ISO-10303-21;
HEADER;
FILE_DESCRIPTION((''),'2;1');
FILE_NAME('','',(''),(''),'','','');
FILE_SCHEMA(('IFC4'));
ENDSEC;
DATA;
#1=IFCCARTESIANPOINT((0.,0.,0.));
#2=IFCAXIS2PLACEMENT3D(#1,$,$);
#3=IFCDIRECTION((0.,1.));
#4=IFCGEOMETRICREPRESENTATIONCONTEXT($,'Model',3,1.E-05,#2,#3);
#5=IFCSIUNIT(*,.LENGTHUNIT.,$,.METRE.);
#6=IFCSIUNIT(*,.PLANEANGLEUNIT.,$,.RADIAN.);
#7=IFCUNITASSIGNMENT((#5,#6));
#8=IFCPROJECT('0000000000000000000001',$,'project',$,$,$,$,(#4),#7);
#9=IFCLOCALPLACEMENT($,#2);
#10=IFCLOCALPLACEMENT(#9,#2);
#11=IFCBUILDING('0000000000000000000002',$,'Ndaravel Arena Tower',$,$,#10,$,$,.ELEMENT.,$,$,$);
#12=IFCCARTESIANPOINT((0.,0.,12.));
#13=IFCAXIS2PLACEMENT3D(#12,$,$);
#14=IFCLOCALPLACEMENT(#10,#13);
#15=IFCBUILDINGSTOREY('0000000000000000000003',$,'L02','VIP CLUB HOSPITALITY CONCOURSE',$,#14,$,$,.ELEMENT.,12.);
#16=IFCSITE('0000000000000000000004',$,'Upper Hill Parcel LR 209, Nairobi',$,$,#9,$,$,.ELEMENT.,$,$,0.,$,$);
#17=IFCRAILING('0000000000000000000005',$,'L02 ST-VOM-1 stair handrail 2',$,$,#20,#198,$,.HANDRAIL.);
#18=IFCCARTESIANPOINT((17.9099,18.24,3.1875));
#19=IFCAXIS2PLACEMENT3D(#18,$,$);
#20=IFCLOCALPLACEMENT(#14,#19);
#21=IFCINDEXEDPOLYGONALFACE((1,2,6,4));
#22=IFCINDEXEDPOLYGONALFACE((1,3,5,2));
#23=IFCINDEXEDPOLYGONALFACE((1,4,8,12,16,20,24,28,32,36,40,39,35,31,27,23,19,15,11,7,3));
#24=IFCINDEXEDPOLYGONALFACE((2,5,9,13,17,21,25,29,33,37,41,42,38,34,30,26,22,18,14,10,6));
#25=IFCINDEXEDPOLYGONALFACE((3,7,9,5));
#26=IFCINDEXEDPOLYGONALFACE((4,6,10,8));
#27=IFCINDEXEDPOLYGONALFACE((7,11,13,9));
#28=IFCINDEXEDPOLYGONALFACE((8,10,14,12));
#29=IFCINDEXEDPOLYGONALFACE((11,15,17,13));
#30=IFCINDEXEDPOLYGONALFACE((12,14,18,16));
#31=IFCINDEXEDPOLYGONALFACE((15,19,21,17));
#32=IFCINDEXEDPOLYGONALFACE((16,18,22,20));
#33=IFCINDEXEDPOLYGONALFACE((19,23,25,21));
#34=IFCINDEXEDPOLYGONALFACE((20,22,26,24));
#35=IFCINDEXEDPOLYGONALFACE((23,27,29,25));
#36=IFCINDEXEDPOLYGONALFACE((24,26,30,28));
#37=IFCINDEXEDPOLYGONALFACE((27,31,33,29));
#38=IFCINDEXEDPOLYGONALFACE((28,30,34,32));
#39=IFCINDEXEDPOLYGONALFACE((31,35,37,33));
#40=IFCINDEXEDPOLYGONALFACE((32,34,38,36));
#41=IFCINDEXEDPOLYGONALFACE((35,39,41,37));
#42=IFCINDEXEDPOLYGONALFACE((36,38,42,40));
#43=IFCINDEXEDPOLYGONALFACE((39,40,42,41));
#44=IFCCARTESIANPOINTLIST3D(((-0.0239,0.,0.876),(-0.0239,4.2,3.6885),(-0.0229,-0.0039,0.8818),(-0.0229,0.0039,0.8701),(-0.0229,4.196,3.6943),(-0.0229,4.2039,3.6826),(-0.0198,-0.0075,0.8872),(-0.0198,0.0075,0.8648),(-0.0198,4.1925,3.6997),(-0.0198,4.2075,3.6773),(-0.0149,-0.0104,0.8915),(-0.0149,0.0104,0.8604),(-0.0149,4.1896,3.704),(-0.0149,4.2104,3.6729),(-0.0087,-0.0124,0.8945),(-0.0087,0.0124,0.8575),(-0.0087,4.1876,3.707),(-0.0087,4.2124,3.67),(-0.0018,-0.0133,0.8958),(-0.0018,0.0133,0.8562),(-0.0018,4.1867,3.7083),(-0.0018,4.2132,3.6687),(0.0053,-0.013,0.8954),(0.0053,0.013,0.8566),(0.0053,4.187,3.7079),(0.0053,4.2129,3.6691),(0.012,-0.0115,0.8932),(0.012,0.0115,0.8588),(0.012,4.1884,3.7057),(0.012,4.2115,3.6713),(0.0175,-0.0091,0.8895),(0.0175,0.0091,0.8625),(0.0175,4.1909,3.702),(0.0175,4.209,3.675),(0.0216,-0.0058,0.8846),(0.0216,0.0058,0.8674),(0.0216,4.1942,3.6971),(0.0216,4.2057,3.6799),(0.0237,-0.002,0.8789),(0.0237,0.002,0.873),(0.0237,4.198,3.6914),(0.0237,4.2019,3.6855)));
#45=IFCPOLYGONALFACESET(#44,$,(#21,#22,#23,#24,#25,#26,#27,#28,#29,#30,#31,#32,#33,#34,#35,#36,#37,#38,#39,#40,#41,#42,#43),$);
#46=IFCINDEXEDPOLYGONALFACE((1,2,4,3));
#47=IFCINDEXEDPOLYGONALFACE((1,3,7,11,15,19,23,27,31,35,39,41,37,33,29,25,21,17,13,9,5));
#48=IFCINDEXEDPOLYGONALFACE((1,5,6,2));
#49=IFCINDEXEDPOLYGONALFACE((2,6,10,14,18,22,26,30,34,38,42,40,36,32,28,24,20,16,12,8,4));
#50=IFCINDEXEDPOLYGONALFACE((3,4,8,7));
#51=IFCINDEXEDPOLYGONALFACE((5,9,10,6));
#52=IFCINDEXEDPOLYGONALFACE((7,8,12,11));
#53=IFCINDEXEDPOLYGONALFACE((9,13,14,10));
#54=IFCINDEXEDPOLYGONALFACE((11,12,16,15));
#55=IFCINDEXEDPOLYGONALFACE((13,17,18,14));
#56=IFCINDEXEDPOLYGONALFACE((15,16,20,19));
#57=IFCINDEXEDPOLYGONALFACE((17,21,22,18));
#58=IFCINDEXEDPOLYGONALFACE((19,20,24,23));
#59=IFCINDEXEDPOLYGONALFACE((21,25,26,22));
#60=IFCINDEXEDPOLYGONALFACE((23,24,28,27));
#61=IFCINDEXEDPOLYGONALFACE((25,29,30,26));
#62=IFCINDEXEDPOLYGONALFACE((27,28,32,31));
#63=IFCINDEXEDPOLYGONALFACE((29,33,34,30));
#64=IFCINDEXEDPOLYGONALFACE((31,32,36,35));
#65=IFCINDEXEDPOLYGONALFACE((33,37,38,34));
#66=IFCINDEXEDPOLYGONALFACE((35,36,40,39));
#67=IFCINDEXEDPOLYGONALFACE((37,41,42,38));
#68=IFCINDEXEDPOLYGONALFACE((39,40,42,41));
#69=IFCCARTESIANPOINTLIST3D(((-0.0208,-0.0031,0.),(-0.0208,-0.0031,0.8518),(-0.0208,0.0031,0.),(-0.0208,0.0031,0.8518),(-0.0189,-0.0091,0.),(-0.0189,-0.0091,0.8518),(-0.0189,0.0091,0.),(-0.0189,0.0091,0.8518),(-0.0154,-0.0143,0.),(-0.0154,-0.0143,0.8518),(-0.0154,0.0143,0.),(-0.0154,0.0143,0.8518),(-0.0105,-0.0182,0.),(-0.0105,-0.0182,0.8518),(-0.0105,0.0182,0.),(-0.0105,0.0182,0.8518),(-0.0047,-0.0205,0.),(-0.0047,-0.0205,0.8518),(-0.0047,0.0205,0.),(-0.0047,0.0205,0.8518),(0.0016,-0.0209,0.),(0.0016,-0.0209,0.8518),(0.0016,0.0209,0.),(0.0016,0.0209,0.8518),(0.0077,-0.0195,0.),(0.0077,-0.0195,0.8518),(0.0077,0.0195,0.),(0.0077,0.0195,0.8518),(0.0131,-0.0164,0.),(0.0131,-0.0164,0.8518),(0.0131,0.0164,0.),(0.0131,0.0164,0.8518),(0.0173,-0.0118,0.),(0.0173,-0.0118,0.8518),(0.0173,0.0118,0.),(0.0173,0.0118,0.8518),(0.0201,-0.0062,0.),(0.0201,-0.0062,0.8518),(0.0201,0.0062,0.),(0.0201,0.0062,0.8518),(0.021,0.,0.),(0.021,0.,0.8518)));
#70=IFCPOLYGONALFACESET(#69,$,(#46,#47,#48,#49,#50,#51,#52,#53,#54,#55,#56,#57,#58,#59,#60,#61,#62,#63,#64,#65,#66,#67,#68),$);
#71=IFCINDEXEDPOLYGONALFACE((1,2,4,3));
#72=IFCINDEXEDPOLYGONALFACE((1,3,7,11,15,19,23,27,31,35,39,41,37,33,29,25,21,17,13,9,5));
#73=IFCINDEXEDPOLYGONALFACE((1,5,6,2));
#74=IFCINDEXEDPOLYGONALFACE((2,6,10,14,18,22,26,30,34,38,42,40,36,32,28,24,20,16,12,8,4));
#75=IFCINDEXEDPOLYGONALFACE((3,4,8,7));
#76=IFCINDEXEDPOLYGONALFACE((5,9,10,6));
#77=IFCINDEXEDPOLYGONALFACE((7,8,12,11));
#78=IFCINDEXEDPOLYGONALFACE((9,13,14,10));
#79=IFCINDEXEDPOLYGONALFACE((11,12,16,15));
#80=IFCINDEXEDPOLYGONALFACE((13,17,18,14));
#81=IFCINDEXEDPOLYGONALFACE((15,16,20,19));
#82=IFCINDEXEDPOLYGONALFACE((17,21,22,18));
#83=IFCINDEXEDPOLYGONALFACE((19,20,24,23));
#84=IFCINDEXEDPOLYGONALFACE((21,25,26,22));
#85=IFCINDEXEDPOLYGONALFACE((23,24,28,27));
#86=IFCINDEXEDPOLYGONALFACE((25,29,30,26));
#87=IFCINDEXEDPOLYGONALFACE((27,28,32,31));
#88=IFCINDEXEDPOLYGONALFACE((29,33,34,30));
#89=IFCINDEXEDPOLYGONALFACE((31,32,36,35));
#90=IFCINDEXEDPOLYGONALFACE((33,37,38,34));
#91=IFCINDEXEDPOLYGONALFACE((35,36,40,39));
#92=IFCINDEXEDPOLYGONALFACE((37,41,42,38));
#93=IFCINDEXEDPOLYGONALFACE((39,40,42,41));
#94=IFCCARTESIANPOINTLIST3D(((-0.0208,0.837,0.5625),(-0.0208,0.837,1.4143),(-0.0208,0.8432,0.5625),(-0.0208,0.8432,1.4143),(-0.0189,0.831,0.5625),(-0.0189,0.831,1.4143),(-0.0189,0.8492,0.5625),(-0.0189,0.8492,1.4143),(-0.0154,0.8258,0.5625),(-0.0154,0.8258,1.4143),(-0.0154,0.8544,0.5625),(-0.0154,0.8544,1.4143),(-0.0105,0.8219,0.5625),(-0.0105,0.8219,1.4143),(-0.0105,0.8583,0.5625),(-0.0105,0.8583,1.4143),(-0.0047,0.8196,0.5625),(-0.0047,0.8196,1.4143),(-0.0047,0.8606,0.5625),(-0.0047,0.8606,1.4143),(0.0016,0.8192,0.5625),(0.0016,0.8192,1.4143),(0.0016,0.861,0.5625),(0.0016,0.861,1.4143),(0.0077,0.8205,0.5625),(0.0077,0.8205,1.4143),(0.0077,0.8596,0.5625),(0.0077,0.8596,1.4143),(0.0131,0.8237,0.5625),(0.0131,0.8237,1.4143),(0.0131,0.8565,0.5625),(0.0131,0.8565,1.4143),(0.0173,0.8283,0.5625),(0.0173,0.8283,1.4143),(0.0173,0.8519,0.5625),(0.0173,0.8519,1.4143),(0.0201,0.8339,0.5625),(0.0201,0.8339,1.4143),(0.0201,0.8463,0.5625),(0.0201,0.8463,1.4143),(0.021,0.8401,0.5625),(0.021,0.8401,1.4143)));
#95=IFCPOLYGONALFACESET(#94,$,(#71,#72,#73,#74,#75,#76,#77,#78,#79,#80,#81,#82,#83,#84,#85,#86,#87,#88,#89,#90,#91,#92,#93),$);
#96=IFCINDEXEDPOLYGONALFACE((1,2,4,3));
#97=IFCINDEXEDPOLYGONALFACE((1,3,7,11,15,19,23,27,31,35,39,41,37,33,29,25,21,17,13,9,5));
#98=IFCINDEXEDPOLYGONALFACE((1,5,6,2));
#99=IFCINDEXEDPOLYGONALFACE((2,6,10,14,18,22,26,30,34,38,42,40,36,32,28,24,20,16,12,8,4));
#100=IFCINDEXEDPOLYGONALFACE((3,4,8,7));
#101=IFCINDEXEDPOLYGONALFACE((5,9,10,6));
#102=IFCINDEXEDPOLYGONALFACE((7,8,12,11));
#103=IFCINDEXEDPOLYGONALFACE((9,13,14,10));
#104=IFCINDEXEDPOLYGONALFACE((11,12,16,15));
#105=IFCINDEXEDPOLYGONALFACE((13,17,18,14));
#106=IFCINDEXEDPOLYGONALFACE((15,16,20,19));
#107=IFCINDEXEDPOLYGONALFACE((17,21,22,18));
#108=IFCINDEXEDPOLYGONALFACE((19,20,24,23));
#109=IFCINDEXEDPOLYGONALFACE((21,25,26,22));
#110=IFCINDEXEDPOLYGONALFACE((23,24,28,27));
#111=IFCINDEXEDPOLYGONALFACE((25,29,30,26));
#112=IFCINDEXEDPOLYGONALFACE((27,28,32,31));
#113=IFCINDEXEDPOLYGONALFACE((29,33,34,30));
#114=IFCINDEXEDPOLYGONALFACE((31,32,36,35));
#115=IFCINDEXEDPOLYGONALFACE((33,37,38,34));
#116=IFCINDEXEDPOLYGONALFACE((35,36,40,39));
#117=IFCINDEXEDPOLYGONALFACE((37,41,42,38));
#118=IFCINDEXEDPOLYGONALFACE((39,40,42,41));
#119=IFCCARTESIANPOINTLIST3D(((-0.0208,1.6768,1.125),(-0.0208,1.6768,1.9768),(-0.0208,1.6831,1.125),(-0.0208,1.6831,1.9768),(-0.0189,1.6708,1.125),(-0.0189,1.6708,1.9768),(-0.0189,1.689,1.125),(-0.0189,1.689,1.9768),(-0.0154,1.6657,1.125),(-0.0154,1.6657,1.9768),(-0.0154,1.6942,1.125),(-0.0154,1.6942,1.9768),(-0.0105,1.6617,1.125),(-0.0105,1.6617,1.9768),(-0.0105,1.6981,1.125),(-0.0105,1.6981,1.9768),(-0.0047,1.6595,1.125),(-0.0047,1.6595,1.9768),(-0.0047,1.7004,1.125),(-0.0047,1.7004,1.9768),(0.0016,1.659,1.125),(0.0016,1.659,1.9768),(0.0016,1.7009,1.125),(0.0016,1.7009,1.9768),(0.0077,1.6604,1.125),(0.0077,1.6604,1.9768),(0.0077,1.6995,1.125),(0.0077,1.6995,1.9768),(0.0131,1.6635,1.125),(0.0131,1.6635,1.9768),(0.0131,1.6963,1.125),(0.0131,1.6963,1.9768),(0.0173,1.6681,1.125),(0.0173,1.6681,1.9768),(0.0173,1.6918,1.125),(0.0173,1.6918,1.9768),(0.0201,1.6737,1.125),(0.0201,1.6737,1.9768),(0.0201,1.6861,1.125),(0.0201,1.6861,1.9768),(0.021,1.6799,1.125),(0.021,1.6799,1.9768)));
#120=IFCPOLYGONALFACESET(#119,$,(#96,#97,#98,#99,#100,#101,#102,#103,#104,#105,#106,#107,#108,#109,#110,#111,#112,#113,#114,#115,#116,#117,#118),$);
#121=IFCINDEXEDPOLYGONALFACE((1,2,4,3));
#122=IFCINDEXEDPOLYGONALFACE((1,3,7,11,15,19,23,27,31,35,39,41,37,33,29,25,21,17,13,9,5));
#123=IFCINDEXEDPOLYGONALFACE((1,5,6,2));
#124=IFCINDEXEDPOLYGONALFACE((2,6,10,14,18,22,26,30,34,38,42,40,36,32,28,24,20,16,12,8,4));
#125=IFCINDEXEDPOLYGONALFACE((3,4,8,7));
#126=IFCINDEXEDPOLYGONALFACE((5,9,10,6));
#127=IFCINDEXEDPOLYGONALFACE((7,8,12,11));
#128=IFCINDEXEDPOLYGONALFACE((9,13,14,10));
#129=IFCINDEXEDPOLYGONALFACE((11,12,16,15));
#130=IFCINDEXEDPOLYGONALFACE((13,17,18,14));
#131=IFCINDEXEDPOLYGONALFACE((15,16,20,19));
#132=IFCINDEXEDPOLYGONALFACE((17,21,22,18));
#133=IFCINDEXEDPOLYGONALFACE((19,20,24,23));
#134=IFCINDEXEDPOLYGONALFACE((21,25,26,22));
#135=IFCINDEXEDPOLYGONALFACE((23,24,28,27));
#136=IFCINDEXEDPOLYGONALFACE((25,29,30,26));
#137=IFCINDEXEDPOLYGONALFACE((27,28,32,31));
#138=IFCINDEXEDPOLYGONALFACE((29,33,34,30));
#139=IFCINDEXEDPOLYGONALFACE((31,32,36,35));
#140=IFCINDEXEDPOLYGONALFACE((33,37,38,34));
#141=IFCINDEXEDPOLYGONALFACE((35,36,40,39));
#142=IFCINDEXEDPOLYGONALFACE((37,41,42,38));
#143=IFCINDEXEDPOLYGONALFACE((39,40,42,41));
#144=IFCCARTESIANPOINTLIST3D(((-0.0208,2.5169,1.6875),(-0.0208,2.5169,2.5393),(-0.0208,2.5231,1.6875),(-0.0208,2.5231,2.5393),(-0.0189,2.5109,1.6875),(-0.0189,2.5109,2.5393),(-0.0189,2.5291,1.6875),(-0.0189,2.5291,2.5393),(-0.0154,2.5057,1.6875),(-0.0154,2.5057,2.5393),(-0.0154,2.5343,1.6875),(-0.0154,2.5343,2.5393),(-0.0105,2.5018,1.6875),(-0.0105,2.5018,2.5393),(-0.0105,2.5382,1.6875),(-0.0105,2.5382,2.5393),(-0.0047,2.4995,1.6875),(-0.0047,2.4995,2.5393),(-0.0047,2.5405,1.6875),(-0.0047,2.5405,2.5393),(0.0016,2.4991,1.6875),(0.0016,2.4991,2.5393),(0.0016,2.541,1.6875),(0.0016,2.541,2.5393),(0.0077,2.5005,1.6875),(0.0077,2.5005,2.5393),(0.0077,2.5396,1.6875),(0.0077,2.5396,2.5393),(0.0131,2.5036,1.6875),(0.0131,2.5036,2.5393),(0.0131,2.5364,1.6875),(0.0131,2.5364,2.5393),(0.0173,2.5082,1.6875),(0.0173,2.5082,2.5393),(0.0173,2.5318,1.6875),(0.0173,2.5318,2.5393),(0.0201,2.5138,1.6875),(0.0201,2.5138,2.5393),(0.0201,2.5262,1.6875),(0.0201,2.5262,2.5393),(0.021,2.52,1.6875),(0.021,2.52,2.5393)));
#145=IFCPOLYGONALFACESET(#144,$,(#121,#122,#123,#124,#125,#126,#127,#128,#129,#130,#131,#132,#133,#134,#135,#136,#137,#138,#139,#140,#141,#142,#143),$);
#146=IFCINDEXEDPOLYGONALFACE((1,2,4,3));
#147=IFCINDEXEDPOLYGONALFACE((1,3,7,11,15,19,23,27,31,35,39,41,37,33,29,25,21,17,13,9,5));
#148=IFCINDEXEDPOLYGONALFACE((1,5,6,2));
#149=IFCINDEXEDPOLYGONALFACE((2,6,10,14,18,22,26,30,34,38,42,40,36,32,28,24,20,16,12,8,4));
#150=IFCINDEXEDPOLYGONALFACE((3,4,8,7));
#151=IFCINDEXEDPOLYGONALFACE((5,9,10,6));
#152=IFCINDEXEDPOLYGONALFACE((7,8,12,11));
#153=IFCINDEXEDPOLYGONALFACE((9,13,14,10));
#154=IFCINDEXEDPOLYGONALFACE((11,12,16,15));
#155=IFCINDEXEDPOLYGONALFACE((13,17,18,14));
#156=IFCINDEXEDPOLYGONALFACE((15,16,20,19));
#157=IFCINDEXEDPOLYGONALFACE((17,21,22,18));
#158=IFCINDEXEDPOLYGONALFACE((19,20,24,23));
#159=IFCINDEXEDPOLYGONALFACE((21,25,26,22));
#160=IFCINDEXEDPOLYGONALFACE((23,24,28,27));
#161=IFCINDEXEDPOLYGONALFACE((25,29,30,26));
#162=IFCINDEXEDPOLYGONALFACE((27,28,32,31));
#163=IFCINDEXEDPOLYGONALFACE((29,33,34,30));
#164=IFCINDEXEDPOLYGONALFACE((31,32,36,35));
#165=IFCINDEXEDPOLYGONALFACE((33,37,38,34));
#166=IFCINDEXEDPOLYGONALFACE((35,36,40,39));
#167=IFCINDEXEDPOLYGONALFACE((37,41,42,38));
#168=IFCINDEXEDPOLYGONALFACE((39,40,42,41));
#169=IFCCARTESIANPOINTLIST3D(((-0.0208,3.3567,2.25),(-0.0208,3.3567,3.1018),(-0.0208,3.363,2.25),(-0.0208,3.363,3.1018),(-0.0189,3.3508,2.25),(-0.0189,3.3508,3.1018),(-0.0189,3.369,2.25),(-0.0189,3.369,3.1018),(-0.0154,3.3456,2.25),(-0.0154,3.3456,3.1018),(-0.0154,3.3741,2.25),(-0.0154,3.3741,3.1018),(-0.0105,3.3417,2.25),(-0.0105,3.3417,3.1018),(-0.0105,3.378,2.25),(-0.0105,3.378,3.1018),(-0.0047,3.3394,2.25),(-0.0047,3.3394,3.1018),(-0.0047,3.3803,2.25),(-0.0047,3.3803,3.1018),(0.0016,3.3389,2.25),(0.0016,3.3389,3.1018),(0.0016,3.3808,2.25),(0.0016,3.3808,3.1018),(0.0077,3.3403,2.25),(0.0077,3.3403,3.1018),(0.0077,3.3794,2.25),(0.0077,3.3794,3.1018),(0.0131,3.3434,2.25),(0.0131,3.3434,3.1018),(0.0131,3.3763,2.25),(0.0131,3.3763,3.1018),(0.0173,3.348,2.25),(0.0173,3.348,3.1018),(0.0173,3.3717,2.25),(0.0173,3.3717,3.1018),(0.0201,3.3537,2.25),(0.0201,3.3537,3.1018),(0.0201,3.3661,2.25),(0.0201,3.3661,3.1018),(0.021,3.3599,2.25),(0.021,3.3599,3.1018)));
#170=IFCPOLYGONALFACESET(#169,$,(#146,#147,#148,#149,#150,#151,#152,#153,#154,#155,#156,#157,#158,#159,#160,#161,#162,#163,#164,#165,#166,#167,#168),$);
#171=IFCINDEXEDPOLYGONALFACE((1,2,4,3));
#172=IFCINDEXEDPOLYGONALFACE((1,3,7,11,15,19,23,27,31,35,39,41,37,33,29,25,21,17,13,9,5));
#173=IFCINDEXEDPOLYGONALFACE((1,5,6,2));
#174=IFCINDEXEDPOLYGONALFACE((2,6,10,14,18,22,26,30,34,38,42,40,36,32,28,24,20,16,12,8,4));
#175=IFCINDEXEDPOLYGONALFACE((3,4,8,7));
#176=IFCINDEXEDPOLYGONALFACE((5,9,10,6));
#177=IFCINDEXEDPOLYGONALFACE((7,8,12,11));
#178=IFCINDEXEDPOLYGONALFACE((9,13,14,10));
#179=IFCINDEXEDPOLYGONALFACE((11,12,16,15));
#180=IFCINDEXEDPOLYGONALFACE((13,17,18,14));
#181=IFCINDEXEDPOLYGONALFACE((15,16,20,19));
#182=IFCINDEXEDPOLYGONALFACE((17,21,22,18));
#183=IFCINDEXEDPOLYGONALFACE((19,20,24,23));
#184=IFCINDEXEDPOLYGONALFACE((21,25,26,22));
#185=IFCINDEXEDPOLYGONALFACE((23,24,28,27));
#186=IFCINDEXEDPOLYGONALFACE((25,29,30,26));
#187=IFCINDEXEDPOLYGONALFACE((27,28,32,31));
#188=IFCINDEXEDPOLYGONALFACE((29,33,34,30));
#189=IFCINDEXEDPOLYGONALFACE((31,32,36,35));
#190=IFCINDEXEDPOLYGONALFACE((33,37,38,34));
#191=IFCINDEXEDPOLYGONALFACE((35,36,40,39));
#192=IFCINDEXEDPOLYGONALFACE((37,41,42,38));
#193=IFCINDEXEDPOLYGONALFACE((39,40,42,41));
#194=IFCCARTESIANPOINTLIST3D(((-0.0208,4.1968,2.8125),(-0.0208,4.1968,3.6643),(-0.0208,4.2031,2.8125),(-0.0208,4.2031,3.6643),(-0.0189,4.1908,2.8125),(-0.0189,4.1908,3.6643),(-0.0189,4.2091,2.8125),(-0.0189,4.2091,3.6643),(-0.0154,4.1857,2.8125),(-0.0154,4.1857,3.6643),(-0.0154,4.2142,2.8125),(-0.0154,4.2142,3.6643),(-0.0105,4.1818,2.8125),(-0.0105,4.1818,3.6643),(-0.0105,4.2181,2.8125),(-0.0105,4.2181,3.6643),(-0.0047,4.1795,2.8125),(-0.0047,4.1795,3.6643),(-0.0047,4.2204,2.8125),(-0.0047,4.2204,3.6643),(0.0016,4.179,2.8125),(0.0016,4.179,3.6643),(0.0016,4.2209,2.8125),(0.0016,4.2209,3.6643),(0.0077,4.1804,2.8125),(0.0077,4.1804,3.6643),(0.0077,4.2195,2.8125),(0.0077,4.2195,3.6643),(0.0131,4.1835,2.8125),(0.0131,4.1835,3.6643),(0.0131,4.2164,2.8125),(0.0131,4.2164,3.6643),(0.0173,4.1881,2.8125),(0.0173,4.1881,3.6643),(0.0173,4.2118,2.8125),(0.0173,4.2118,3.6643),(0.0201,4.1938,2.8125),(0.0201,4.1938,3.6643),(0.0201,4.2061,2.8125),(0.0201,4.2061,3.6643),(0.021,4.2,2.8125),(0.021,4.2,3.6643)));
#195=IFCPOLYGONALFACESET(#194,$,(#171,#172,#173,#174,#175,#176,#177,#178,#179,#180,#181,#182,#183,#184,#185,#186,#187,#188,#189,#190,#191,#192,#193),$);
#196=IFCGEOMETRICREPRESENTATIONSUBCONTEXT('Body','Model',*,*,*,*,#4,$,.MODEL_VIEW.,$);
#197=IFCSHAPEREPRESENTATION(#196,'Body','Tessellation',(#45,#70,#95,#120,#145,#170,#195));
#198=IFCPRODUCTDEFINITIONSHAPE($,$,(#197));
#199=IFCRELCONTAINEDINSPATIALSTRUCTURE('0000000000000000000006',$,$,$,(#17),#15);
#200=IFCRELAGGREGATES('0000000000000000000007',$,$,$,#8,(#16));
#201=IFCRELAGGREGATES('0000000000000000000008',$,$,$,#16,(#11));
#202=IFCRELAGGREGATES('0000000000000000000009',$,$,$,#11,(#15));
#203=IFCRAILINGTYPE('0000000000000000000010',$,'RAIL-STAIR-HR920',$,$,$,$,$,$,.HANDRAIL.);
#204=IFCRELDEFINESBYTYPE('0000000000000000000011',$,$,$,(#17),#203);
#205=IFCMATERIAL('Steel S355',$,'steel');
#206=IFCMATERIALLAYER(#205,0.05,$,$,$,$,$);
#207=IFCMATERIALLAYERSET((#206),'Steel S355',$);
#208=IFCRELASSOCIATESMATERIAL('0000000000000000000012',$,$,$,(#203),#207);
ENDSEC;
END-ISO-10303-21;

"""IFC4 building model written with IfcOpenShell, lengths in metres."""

from ifc_helpers import new_model, si_unit, direction, frame, origin, origin_2d, place, context, subcontext, project, spatial, circle, extrude, material, layer, layer_set, type_object, element, save


model = new_model("IFC4")

# Units and contexts
model_context = context("Model", 3, precision=1e-05, world=origin(), true_north=direction((0.0, 1.0)))
body_context = subcontext(model_context, "Body", "Model", "MODEL_VIEW")
ifc_project = project(units=[si_unit("LENGTHUNIT", "METRE"), si_unit("PLANEANGLEUNIT", "RADIAN")], contexts=[model_context])

# Site, building, storey
site_placement = place(None, origin())
site = spatial("IfcSite", under=ifc_project, at=site_placement, Name="Upper Hill Parcel LR 209, Nairobi", CompositionType="ELEMENT", RefElevation=0.0)
building_placement = place(site_placement, origin())
building = spatial("IfcBuilding", under=site, at=building_placement, Name="Ndaravel Arena Tower", CompositionType="ELEMENT")
storey_placement = place(building_placement, frame((0.0, 0.0, 12.0)))
storey = spatial("IfcBuildingStorey", under=building, at=storey_placement, Name="L02", Description="VIP CLUB HOSPITALITY CONCOURSE", CompositionType="ELEMENT", Elevation=12.0)

# Railing
ifc_material_1 = material(Name="Steel S355", Category="steel")
ifc_layer_1 = layer(ifc_material_1, 0.05)
ifc_layer_set_1 = layer_set([ifc_layer_1], Name="Steel S355")
railing_type_1 = type_object("IfcRailingType", Name="RAIL-STAIR-HR920", PredefinedType="HANDRAIL", material=ifc_layer_set_1)
railing_1_placement = place(storey_placement, frame((17.9099, 18.24, 3.1875)))
element("IfcRailing", 1, at=railing_1_placement, inside=storey, type_object=railing_type_1, Name="L02 ST-VOM-1 stair handrail 2", PredefinedType="HANDRAIL", context=body_context, shape_type="SweptSolid", body=[
    extrude(circle(Radius=0.0239, at=origin_2d()), frame((0.0, 0.0, 0.876), z_axis=(0.0, 0.830904, 0.556416), x_axis=(-1.0, 0.0, 0.0)), (0.0, 0.0, 1.0), 5.0547),
    extrude(circle(Radius=0.021, at=origin_2d()), origin(), (0.0, 0.0, 1.0), 0.8518),
    extrude(circle(Radius=0.021, at=origin_2d()), frame((0.0, 0.8401, 0.5625)), (0.0, 0.0, 1.0), 0.8518),
    extrude(circle(Radius=0.021, at=origin_2d()), frame((0.0, 1.6799, 1.125)), (0.0, 0.0, 1.0), 0.8518),
    extrude(circle(Radius=0.021, at=origin_2d()), frame((0.0, 2.52, 1.6875)), (0.0, 0.0, 1.0), 0.8518),
    extrude(circle(Radius=0.021, at=origin_2d()), frame((0.0, 3.3599, 2.25)), (0.0, 0.0, 1.0), 0.8518),
    extrude(circle(Radius=0.021, at=origin_2d()), frame((0.0, 4.2, 2.8125)), (0.0, 0.0, 1.0), 0.8518),
])

save(model, "model.ifc")
